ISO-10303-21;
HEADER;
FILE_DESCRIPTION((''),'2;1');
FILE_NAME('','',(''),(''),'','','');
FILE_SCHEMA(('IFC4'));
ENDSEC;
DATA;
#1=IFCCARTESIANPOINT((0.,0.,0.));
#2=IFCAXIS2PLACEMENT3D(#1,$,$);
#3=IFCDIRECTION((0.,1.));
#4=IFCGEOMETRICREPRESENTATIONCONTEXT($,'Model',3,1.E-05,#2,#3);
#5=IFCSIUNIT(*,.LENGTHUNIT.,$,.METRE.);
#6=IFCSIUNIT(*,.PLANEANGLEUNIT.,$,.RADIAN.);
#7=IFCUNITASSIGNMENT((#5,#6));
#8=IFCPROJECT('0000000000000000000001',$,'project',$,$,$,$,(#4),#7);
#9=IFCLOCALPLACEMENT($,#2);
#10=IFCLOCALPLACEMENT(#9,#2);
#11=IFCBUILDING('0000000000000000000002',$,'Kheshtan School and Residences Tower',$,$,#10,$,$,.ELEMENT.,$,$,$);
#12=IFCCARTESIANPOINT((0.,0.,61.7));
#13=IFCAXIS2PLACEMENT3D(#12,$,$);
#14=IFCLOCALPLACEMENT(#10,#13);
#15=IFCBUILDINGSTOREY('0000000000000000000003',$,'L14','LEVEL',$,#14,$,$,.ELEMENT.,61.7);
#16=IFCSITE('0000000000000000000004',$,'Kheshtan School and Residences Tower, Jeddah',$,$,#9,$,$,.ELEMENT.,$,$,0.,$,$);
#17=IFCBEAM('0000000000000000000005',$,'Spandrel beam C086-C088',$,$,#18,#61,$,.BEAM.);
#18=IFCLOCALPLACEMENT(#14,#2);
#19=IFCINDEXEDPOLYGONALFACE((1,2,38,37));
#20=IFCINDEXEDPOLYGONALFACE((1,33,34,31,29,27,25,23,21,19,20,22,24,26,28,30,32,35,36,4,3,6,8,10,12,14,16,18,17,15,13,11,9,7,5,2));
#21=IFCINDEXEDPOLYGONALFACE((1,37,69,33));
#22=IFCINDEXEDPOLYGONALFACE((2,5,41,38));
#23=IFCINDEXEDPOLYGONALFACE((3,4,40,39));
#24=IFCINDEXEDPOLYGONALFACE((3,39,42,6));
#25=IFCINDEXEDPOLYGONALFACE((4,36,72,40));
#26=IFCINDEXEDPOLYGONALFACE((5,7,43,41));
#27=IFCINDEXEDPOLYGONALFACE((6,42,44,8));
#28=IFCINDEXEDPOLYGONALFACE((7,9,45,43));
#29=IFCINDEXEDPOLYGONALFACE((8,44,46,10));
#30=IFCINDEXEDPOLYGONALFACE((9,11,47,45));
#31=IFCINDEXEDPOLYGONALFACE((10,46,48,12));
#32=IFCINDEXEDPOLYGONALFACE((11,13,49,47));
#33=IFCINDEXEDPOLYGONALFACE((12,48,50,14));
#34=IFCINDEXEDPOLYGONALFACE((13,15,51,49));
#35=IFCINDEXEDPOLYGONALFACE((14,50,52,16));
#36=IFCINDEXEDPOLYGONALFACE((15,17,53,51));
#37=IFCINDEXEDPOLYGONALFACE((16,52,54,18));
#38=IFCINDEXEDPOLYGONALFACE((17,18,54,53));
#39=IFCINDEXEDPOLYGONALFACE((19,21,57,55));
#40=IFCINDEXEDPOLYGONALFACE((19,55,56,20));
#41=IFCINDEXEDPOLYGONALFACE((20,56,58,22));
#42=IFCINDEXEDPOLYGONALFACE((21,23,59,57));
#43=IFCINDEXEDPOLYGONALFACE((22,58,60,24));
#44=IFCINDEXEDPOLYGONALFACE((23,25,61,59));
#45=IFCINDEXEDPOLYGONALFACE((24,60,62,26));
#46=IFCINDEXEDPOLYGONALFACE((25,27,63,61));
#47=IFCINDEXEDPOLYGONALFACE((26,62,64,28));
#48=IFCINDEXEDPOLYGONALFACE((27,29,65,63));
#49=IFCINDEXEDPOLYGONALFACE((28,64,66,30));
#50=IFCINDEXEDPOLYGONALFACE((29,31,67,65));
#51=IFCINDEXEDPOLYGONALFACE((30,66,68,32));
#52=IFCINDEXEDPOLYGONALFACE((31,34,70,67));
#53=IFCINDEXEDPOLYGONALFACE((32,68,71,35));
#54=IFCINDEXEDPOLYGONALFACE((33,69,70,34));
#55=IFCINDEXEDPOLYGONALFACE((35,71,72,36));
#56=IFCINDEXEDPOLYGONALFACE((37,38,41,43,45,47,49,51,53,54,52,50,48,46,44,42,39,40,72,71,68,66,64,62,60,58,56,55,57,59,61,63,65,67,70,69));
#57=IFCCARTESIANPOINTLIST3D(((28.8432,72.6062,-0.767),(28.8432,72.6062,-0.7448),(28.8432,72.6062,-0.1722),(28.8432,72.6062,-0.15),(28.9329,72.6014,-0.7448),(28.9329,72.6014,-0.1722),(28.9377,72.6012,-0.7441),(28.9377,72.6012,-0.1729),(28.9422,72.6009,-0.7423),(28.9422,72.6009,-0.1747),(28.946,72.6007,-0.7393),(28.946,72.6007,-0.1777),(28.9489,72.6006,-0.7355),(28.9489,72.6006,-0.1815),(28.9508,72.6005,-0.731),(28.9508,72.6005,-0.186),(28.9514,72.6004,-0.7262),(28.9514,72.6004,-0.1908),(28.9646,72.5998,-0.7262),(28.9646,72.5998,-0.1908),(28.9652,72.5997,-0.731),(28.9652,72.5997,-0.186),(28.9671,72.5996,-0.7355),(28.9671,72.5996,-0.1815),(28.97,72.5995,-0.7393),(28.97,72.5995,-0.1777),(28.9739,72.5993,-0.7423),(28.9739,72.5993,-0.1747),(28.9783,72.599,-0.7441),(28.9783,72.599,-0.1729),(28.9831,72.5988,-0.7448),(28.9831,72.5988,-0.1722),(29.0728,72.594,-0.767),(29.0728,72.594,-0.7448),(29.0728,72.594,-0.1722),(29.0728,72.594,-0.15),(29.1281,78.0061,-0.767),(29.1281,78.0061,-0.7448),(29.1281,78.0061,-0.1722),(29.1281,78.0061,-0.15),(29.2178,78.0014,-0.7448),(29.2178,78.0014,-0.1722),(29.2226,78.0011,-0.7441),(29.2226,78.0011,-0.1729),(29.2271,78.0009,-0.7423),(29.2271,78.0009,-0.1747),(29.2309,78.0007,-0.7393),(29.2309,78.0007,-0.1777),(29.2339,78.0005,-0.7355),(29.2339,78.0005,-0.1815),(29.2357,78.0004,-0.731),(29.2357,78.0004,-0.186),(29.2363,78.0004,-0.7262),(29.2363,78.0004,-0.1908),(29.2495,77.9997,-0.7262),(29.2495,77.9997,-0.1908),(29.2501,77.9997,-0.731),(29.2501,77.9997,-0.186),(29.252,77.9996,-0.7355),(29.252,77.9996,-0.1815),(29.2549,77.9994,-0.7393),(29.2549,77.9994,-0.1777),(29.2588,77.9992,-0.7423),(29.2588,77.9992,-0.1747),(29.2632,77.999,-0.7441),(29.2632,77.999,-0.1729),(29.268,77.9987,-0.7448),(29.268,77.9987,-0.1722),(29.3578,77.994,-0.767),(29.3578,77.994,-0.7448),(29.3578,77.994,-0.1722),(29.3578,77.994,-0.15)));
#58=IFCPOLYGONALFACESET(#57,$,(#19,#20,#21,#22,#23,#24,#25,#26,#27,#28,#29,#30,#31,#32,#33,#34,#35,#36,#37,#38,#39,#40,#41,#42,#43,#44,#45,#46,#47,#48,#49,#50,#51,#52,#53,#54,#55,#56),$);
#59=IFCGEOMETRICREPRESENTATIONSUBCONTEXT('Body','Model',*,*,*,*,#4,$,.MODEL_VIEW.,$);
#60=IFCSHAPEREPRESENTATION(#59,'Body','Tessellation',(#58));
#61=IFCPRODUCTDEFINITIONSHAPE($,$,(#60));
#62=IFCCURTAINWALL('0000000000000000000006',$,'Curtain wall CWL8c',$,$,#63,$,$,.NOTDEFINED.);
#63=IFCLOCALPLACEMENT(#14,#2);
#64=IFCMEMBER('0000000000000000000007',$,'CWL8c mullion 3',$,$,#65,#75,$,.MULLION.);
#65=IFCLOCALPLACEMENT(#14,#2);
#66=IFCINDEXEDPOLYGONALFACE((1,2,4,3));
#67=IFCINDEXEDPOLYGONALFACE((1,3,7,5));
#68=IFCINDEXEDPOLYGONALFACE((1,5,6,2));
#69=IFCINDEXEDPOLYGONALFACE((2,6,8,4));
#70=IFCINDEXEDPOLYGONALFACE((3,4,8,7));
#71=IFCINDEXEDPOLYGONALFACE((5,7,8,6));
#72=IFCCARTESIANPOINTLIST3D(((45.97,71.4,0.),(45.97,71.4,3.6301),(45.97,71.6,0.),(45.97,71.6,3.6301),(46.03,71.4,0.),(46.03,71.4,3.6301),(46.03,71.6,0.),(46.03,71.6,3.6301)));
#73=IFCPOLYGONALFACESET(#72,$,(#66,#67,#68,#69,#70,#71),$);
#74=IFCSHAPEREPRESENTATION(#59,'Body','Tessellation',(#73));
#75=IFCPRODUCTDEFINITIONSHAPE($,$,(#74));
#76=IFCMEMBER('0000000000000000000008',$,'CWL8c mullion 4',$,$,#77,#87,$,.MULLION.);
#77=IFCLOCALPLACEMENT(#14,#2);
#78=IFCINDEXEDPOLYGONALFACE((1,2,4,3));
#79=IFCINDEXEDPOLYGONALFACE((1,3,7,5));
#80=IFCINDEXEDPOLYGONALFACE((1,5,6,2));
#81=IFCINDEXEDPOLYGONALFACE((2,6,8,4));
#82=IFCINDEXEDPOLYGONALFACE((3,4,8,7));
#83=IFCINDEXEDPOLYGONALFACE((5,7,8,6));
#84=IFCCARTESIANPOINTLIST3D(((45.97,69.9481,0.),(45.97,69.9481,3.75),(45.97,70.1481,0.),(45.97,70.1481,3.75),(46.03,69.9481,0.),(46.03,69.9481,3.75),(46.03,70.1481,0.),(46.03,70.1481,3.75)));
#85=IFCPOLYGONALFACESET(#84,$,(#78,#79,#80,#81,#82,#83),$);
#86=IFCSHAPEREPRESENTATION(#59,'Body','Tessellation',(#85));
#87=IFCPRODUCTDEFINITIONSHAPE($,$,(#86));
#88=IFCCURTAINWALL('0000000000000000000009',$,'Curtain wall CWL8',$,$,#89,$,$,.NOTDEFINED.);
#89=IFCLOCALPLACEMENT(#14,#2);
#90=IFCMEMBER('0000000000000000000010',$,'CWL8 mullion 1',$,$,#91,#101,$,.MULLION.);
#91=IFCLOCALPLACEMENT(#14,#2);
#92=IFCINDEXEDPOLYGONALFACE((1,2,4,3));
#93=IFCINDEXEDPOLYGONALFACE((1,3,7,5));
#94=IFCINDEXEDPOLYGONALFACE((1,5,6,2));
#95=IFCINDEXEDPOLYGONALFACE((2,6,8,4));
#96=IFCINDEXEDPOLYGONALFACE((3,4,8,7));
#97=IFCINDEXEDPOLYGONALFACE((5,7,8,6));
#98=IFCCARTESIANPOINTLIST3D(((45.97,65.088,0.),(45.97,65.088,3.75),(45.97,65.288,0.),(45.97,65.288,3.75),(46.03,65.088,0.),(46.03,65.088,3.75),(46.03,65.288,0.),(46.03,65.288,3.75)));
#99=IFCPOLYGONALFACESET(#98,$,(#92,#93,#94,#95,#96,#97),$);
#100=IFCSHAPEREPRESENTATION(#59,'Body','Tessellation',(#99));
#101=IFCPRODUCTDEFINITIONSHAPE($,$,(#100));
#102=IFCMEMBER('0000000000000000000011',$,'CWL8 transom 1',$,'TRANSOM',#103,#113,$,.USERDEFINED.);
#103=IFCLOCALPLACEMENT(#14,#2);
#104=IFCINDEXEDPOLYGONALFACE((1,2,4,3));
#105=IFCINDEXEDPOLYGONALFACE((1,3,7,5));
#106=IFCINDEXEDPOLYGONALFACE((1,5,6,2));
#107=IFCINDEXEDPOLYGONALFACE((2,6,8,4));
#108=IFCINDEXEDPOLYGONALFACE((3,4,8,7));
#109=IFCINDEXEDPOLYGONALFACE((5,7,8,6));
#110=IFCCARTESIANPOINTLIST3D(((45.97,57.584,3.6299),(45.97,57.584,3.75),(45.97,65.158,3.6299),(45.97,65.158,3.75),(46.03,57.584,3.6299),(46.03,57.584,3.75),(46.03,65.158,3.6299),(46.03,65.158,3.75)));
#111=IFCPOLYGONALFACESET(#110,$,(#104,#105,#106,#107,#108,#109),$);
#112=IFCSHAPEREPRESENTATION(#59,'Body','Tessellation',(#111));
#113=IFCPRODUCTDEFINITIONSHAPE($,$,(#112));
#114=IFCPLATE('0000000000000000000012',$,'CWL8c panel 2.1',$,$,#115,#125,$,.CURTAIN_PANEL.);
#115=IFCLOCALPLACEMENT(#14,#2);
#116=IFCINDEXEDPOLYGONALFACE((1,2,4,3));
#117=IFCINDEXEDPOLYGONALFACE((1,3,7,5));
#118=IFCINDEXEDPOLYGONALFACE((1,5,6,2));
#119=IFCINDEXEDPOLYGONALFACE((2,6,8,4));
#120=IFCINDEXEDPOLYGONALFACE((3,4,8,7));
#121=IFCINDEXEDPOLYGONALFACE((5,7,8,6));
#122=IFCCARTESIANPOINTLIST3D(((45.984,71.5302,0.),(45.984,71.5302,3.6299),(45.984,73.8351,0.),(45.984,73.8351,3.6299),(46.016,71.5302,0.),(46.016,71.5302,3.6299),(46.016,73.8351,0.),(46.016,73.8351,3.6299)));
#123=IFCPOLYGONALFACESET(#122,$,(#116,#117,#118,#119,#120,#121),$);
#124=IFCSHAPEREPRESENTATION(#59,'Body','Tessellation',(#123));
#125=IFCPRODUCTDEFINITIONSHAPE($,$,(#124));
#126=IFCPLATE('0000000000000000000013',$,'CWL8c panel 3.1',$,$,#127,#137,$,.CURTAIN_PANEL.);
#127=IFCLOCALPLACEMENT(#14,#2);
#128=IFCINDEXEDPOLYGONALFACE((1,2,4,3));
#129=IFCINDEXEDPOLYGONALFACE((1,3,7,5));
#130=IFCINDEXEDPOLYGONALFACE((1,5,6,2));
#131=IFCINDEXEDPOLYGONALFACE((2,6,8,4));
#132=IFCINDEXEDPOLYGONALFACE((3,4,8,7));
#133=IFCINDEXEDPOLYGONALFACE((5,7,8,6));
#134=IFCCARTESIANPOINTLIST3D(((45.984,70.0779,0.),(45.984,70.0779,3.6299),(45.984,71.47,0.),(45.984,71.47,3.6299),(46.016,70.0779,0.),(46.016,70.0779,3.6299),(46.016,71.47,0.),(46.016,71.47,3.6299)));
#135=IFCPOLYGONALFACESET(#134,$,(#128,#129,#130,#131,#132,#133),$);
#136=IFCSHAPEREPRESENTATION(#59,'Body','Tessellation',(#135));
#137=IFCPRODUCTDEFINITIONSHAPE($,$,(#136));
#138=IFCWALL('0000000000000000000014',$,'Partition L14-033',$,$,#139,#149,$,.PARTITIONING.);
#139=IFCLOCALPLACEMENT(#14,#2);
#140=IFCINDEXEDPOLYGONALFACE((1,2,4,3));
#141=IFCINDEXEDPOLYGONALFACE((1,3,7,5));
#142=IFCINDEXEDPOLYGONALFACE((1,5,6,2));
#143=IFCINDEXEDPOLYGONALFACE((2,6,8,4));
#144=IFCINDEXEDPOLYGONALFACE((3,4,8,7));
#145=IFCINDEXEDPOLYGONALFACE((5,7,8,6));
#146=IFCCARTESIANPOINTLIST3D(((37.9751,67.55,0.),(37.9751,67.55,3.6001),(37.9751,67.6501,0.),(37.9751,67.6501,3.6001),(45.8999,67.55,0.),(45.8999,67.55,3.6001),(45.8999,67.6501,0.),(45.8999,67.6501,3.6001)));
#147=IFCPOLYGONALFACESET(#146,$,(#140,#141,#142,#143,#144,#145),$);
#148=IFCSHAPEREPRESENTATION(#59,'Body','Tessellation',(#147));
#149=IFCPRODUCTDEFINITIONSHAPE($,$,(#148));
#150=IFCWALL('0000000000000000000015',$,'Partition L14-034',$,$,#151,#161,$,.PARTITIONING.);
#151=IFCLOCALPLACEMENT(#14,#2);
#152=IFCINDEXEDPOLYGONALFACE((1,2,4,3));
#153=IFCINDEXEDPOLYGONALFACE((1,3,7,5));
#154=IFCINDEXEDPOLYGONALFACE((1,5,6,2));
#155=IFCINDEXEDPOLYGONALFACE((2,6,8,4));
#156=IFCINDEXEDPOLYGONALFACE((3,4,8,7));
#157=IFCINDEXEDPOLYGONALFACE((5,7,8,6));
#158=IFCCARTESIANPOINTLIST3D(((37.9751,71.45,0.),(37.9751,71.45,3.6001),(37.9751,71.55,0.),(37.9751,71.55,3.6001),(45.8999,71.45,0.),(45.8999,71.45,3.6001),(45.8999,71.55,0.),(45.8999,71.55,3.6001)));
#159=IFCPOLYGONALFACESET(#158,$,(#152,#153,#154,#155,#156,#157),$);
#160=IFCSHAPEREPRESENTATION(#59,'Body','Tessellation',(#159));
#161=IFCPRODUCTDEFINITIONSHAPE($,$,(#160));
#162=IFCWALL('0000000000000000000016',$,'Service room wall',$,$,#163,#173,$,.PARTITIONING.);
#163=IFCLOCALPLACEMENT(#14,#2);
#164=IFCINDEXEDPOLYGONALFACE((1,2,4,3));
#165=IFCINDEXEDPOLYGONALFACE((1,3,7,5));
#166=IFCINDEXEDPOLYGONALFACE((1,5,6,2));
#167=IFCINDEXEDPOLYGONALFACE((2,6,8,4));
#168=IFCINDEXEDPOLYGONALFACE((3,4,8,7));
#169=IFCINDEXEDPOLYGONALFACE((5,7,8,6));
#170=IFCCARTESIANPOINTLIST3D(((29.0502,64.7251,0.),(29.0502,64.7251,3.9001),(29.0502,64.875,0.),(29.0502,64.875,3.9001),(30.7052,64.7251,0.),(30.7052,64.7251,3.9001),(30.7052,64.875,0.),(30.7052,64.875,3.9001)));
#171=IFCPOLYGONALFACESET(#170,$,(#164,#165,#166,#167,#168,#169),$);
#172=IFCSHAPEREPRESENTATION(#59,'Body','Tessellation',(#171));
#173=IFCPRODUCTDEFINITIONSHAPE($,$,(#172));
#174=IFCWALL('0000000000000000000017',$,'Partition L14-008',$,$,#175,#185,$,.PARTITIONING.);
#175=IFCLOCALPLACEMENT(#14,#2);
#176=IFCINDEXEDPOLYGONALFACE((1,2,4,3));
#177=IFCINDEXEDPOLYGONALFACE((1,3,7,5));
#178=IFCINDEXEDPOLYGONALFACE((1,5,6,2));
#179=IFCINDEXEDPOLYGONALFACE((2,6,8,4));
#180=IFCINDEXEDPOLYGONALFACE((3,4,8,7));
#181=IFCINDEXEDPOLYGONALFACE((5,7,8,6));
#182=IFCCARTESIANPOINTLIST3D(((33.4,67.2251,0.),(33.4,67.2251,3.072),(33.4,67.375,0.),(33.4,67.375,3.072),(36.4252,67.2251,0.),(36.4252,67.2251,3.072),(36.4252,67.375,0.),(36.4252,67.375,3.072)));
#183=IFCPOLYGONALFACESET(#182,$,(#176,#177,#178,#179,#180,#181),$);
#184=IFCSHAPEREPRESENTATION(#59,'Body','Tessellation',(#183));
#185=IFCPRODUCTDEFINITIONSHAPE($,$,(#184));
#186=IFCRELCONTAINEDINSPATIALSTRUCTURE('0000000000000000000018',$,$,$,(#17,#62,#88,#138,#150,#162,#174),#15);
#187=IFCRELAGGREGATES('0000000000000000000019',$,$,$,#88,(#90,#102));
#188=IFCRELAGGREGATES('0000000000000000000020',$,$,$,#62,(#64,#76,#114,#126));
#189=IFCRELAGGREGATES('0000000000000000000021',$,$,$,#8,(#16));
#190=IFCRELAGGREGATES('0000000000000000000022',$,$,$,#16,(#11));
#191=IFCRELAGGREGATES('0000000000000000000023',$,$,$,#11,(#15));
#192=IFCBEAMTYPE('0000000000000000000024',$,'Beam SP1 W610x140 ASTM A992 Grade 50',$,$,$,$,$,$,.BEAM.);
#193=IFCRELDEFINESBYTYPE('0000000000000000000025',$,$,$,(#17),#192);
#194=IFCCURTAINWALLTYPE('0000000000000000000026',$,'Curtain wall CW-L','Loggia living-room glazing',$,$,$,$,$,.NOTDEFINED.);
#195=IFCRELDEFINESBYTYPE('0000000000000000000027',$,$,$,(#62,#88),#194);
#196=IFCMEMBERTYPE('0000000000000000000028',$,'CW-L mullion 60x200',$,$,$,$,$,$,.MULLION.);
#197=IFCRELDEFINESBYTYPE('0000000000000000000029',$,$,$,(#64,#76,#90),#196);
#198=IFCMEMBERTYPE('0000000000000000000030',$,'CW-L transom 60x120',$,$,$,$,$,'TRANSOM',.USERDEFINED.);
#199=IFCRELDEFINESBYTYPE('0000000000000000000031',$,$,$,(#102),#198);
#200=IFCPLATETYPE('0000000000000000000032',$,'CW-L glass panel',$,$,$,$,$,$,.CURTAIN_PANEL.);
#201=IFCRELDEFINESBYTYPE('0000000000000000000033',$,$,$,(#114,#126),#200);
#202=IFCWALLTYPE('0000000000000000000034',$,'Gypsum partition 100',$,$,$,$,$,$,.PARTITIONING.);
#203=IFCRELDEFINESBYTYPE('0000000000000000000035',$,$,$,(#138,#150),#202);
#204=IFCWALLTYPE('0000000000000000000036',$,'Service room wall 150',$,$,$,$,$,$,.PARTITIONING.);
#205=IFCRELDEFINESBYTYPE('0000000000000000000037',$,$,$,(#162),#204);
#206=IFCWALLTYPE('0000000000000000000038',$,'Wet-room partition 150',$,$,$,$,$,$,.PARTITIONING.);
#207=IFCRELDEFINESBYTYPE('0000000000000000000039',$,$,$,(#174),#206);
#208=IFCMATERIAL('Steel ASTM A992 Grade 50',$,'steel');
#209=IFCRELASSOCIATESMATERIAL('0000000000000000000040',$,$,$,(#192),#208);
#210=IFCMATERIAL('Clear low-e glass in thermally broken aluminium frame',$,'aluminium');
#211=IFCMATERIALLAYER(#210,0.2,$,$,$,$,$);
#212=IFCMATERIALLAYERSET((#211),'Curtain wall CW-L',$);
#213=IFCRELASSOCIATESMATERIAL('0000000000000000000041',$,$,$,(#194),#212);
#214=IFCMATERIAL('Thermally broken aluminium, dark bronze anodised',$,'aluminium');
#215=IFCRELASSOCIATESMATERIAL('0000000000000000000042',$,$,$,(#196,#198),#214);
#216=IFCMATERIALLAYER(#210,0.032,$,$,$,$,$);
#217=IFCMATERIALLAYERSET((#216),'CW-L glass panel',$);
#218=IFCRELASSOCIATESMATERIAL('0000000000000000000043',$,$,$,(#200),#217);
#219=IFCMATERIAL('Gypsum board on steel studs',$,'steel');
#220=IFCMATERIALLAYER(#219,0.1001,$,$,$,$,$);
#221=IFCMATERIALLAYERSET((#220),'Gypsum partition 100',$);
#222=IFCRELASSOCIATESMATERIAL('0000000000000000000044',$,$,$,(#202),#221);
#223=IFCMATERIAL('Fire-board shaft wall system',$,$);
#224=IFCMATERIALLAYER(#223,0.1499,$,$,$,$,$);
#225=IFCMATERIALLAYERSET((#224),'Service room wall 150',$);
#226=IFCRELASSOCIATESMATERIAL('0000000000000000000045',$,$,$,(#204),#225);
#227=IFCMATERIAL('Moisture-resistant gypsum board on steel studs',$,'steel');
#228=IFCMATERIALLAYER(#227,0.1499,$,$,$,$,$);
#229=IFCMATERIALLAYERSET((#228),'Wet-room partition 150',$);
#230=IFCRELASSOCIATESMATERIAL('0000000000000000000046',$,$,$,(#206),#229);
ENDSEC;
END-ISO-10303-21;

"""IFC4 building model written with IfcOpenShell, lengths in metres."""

from ifc_helpers import new_model, si_unit, direction, frame, frame_2d, origin, origin_2d, place, context, subcontext, project, spatial, rectangle, i_section, extrude, material, layer, layer_set, material_profile, profile_set, type_object, element, aggregate, save


model = new_model("IFC4")

# Units and contexts
model_context = context("Model", 3, precision=1e-05, world=origin(), true_north=direction((0.0, 1.0)))
body_context = subcontext(model_context, "Body", "Model", "MODEL_VIEW")
ifc_project = project(units=[si_unit("LENGTHUNIT", "METRE"), si_unit("PLANEANGLEUNIT", "RADIAN")], contexts=[model_context])

# Site, building, storey
site_placement = place(None, origin())
site = spatial("IfcSite", under=ifc_project, at=site_placement, Name="Kheshtan School and Residences Tower, Jeddah", CompositionType="ELEMENT", RefElevation=0.0)
building_placement = place(site_placement, origin())
building = spatial("IfcBuilding", under=site, at=building_placement, Name="Kheshtan School and Residences Tower", CompositionType="ELEMENT")
storey_placement = place(building_placement, frame((0.0, 0.0, 61.7)))
storey = spatial("IfcBuildingStorey", under=building, at=storey_placement, Name="L14", Description="LEVEL", CompositionType="ELEMENT", Elevation=61.7)

# Shared definitions
ifc_material_1 = material(Name="Steel ASTM A992 Grade 50", Category="steel")

# Beam
ifc_material_profile_1 = material_profile(ifc_material_1, i_section(OverallWidth=0.23, OverallDepth=0.6169, WebThickness=0.0132, FlangeThickness=0.0222, FilletRadius=0.0186, at=origin_2d()), Name="W610x140")
ifc_profile_set_1 = profile_set([ifc_material_profile_1], Name="Steel ASTM A992 Grade 50")
beam_type_1 = type_object("IfcBeamType", Name="Beam SP1 W610x140 ASTM A992 Grade 50", PredefinedType="BEAM", material=ifc_profile_set_1)
beam_1_placement = place(storey_placement, frame((28.958, 72.6001, -0.4585), z_axis=(0.052689, 0.998611, 0.0), x_axis=(-0.998611, 0.052689, 0.0)))
element("IfcBeam", 1, at=beam_1_placement, inside=storey, type_object=beam_type_1, Name="Spandrel beam C086-C088", PredefinedType="BEAM", context=body_context, shape_type="SweptSolid", body=[
    extrude(i_section(OverallWidth=0.23, OverallDepth=0.6169, WebThickness=0.0132, FlangeThickness=0.0222, FilletRadius=0.0186, at=origin_2d()), origin(), (0.0, 0.0, 1.0), 5.4075),
])

# Curtain walls, members
ifc_material_2 = material(Name="Clear low-e glass in thermally broken aluminium frame", Category="aluminium")
ifc_layer_1 = layer(ifc_material_2, 0.2)
ifc_layer_set_1 = layer_set([ifc_layer_1], Name="Curtain wall CW-L")
curtain_wall_type = type_object("IfcCurtainWallType", Name="Curtain wall CW-L", Description="Loggia living-room glazing", PredefinedType="NOTDEFINED", material=ifc_layer_set_1)
curtain_wall_1_placement = place(storey_placement, origin())
curtain_wall_1 = element("IfcCurtainWall", 2, at=curtain_wall_1_placement, inside=storey, type_object=curtain_wall_type, Name="Curtain wall CWL8c", PredefinedType="NOTDEFINED")
ifc_material_3 = material(Name="Thermally broken aluminium, dark bronze anodised", Category="aluminium")
ifc_material_profile_2 = material_profile(ifc_material_3, rectangle(XDim=0.0601, YDim=0.2, at=origin_2d()), Name="CW-L mullion 60x200")
ifc_profile_set_2 = profile_set([ifc_material_profile_2], Name="Thermally broken aluminium, dark bronze anodised")
member_type_1 = type_object("IfcMemberType", Name="CW-L mullion 60x200", PredefinedType="MULLION", material=ifc_profile_set_2)
member_1_placement = place(storey_placement, frame((46.0, 71.5, 0.0), z_axis=(0.0, 0.0, 1.0), x_axis=(1.0, 0.0, 0.0)))
member_1 = element("IfcMember", 3, at=member_1_placement, type_object=member_type_1, Name="CWL8c mullion 3", PredefinedType="MULLION", context=body_context, shape_type="SweptSolid", body=[
    extrude(rectangle(XDim=0.0601, YDim=0.2, at=origin_2d()), origin(), (0.0, 0.0, 1.0), 3.6301),
])
member_2_placement = place(storey_placement, frame((46.0, 70.0481, 0.0), z_axis=(0.0, 0.0, 1.0), x_axis=(1.0, 0.0, 0.0)))
member_2 = element("IfcMember", 4, at=member_2_placement, type_object=member_type_1, Name="CWL8c mullion 4", PredefinedType="MULLION", context=body_context, shape_type="SweptSolid", body=[
    extrude(rectangle(XDim=0.0601, YDim=0.2, at=origin_2d()), origin(), (0.0, 0.0, 1.0), 3.75),
])
curtain_wall_2_placement = place(storey_placement, origin())
curtain_wall_2 = element("IfcCurtainWall", 5, at=curtain_wall_2_placement, inside=storey, type_object=curtain_wall_type, Name="Curtain wall CWL8", PredefinedType="NOTDEFINED")
member_3_placement = place(storey_placement, frame((46.0, 65.188, 0.0), z_axis=(0.0, 0.0, 1.0), x_axis=(1.0, 0.0, 0.0)))
member_3 = element("IfcMember", 6, at=member_3_placement, type_object=member_type_1, Name="CWL8 mullion 1", PredefinedType="MULLION", context=body_context, shape_type="SweptSolid", body=[
    extrude(rectangle(XDim=0.0601, YDim=0.2, at=origin_2d()), origin(), (0.0, 0.0, 1.0), 3.75),
])
ifc_material_profile_3 = material_profile(ifc_material_3, rectangle(XDim=0.0601, YDim=0.1201, at=origin_2d()), Name="CW-L transom 60x120")
ifc_profile_set_3 = profile_set([ifc_material_profile_3], Name="Thermally broken aluminium, dark bronze anodised")
member_type_2 = type_object("IfcMemberType", Name="CW-L transom 60x120", ElementType="TRANSOM", PredefinedType="USERDEFINED", material=ifc_profile_set_3)
member_4_placement = place(storey_placement, frame((46.0, 65.158, 3.6899), z_axis=(0.0, -1.0, 0.0), x_axis=(1.0, 0.0, 0.0)))
member_4 = element("IfcMember", 7, at=member_4_placement, type_object=member_type_2, Name="CWL8 transom 1", ObjectType="TRANSOM", PredefinedType="USERDEFINED", context=body_context, shape_type="SweptSolid", body=[
    extrude(rectangle(XDim=0.0601, YDim=0.1201, at=origin_2d()), origin(), (0.0, 0.0, 1.0), 7.574),
])
aggregate(curtain_wall_2, [member_3, member_4])

# Plates
ifc_layer_2 = layer(ifc_material_2, 0.032)
ifc_layer_set_2 = layer_set([ifc_layer_2], Name="CW-L glass panel")
plate_type = type_object("IfcPlateType", Name="CW-L glass panel", PredefinedType="CURTAIN_PANEL", material=ifc_layer_set_2)
plate_1_placement = place(storey_placement, frame((46.0, 72.6826, 0.0), z_axis=(0.0, 0.0, 1.0), x_axis=(0.0, -1.0, 0.0)))
plate_1 = element("IfcPlate", 8, at=plate_1_placement, type_object=plate_type, Name="CWL8c panel 2.1", PredefinedType="CURTAIN_PANEL", context=body_context, shape_type="SweptSolid", body=[
    extrude(rectangle(XDim=2.3049, YDim=0.032, at=origin_2d()), origin(), (0.0, 0.0, 1.0), 3.6299),
])
plate_2_placement = place(storey_placement, frame((46.0, 70.7739, 0.0), z_axis=(0.0, 0.0, 1.0), x_axis=(0.0, -1.0, 0.0)))
plate_2 = element("IfcPlate", 9, at=plate_2_placement, type_object=plate_type, Name="CWL8c panel 3.1", PredefinedType="CURTAIN_PANEL", context=body_context, shape_type="SweptSolid", body=[
    extrude(rectangle(XDim=1.3921, YDim=0.032, at=origin_2d()), origin(), (0.0, 0.0, 1.0), 3.6299),
])
aggregate(curtain_wall_1, [member_1, member_2, plate_1, plate_2])

# Walls
ifc_material_4 = material(Name="Gypsum board on steel studs", Category="steel")
ifc_layer_3 = layer(ifc_material_4, 0.1001)
ifc_layer_set_3 = layer_set([ifc_layer_3], Name="Gypsum partition 100")
wall_type_1 = type_object("IfcWallType", Name="Gypsum partition 100", PredefinedType="PARTITIONING", material=ifc_layer_set_3)
for number, where, z_axis, x_axis, name in (
    (10, (37.9751, 67.6001, 0.0), (0.0, 0.0, 1.0), (1.0, 0.0, 0.0), "Partition L14-033"),
    (11, (37.9751, 71.5, 0.0), (0.0, 0.0, 1.0), (1.0, 0.0, 0.0), "Partition L14-034"),
):
    element("IfcWall", number, at=place(storey_placement, frame(where, z_axis=z_axis, x_axis=x_axis)), inside=storey, type_object=wall_type_1, Name=name, PredefinedType="PARTITIONING", context=body_context, shape_type="SweptSolid", body=[
        extrude(rectangle(XDim=7.9248, YDim=0.1001, at=frame_2d((3.9624, 0.0))), origin(), (0.0, 0.0, 1.0), 3.6001),
    ])
ifc_material_5 = material(Name="Fire-board shaft wall system")
ifc_layer_4 = layer(ifc_material_5, 0.1499)
ifc_layer_set_4 = layer_set([ifc_layer_4], Name="Service room wall 150")
wall_type_2 = type_object("IfcWallType", Name="Service room wall 150", PredefinedType="PARTITIONING", material=ifc_layer_set_4)
wall_1_placement = place(storey_placement, frame((29.05, 64.8, 0.0), z_axis=(0.0, 0.0, 1.0), x_axis=(1.0, 0.0, 0.0)))
element("IfcWall", 12, at=wall_1_placement, inside=storey, type_object=wall_type_2, Name="Service room wall", PredefinedType="PARTITIONING", context=body_context, shape_type="SweptSolid", body=[
    extrude(rectangle(XDim=1.655, YDim=0.1499, at=frame_2d((0.8276, 0.0))), origin(), (0.0, 0.0, 1.0), 3.9001),
])
ifc_material_6 = material(Name="Moisture-resistant gypsum board on steel studs", Category="steel")
ifc_layer_5 = layer(ifc_material_6, 0.1499)
ifc_layer_set_5 = layer_set([ifc_layer_5], Name="Wet-room partition 150")
wall_type_3 = type_object("IfcWallType", Name="Wet-room partition 150", PredefinedType="PARTITIONING", material=ifc_layer_set_5)
wall_2_placement = place(storey_placement, frame((33.3999, 67.3, 0.0), z_axis=(0.0, 0.0, 1.0), x_axis=(1.0, 0.0, 0.0)))
element("IfcWall", 13, at=wall_2_placement, inside=storey, type_object=wall_type_3, Name="Partition L14-008", PredefinedType="PARTITIONING", context=body_context, shape_type="SweptSolid", body=[
    extrude(rectangle(XDim=3.0251, YDim=0.1499, at=frame_2d((1.5127, 0.0))), origin(), (0.0, 0.0, 1.0), 3.072),
])

save(model, "model.ifc")
